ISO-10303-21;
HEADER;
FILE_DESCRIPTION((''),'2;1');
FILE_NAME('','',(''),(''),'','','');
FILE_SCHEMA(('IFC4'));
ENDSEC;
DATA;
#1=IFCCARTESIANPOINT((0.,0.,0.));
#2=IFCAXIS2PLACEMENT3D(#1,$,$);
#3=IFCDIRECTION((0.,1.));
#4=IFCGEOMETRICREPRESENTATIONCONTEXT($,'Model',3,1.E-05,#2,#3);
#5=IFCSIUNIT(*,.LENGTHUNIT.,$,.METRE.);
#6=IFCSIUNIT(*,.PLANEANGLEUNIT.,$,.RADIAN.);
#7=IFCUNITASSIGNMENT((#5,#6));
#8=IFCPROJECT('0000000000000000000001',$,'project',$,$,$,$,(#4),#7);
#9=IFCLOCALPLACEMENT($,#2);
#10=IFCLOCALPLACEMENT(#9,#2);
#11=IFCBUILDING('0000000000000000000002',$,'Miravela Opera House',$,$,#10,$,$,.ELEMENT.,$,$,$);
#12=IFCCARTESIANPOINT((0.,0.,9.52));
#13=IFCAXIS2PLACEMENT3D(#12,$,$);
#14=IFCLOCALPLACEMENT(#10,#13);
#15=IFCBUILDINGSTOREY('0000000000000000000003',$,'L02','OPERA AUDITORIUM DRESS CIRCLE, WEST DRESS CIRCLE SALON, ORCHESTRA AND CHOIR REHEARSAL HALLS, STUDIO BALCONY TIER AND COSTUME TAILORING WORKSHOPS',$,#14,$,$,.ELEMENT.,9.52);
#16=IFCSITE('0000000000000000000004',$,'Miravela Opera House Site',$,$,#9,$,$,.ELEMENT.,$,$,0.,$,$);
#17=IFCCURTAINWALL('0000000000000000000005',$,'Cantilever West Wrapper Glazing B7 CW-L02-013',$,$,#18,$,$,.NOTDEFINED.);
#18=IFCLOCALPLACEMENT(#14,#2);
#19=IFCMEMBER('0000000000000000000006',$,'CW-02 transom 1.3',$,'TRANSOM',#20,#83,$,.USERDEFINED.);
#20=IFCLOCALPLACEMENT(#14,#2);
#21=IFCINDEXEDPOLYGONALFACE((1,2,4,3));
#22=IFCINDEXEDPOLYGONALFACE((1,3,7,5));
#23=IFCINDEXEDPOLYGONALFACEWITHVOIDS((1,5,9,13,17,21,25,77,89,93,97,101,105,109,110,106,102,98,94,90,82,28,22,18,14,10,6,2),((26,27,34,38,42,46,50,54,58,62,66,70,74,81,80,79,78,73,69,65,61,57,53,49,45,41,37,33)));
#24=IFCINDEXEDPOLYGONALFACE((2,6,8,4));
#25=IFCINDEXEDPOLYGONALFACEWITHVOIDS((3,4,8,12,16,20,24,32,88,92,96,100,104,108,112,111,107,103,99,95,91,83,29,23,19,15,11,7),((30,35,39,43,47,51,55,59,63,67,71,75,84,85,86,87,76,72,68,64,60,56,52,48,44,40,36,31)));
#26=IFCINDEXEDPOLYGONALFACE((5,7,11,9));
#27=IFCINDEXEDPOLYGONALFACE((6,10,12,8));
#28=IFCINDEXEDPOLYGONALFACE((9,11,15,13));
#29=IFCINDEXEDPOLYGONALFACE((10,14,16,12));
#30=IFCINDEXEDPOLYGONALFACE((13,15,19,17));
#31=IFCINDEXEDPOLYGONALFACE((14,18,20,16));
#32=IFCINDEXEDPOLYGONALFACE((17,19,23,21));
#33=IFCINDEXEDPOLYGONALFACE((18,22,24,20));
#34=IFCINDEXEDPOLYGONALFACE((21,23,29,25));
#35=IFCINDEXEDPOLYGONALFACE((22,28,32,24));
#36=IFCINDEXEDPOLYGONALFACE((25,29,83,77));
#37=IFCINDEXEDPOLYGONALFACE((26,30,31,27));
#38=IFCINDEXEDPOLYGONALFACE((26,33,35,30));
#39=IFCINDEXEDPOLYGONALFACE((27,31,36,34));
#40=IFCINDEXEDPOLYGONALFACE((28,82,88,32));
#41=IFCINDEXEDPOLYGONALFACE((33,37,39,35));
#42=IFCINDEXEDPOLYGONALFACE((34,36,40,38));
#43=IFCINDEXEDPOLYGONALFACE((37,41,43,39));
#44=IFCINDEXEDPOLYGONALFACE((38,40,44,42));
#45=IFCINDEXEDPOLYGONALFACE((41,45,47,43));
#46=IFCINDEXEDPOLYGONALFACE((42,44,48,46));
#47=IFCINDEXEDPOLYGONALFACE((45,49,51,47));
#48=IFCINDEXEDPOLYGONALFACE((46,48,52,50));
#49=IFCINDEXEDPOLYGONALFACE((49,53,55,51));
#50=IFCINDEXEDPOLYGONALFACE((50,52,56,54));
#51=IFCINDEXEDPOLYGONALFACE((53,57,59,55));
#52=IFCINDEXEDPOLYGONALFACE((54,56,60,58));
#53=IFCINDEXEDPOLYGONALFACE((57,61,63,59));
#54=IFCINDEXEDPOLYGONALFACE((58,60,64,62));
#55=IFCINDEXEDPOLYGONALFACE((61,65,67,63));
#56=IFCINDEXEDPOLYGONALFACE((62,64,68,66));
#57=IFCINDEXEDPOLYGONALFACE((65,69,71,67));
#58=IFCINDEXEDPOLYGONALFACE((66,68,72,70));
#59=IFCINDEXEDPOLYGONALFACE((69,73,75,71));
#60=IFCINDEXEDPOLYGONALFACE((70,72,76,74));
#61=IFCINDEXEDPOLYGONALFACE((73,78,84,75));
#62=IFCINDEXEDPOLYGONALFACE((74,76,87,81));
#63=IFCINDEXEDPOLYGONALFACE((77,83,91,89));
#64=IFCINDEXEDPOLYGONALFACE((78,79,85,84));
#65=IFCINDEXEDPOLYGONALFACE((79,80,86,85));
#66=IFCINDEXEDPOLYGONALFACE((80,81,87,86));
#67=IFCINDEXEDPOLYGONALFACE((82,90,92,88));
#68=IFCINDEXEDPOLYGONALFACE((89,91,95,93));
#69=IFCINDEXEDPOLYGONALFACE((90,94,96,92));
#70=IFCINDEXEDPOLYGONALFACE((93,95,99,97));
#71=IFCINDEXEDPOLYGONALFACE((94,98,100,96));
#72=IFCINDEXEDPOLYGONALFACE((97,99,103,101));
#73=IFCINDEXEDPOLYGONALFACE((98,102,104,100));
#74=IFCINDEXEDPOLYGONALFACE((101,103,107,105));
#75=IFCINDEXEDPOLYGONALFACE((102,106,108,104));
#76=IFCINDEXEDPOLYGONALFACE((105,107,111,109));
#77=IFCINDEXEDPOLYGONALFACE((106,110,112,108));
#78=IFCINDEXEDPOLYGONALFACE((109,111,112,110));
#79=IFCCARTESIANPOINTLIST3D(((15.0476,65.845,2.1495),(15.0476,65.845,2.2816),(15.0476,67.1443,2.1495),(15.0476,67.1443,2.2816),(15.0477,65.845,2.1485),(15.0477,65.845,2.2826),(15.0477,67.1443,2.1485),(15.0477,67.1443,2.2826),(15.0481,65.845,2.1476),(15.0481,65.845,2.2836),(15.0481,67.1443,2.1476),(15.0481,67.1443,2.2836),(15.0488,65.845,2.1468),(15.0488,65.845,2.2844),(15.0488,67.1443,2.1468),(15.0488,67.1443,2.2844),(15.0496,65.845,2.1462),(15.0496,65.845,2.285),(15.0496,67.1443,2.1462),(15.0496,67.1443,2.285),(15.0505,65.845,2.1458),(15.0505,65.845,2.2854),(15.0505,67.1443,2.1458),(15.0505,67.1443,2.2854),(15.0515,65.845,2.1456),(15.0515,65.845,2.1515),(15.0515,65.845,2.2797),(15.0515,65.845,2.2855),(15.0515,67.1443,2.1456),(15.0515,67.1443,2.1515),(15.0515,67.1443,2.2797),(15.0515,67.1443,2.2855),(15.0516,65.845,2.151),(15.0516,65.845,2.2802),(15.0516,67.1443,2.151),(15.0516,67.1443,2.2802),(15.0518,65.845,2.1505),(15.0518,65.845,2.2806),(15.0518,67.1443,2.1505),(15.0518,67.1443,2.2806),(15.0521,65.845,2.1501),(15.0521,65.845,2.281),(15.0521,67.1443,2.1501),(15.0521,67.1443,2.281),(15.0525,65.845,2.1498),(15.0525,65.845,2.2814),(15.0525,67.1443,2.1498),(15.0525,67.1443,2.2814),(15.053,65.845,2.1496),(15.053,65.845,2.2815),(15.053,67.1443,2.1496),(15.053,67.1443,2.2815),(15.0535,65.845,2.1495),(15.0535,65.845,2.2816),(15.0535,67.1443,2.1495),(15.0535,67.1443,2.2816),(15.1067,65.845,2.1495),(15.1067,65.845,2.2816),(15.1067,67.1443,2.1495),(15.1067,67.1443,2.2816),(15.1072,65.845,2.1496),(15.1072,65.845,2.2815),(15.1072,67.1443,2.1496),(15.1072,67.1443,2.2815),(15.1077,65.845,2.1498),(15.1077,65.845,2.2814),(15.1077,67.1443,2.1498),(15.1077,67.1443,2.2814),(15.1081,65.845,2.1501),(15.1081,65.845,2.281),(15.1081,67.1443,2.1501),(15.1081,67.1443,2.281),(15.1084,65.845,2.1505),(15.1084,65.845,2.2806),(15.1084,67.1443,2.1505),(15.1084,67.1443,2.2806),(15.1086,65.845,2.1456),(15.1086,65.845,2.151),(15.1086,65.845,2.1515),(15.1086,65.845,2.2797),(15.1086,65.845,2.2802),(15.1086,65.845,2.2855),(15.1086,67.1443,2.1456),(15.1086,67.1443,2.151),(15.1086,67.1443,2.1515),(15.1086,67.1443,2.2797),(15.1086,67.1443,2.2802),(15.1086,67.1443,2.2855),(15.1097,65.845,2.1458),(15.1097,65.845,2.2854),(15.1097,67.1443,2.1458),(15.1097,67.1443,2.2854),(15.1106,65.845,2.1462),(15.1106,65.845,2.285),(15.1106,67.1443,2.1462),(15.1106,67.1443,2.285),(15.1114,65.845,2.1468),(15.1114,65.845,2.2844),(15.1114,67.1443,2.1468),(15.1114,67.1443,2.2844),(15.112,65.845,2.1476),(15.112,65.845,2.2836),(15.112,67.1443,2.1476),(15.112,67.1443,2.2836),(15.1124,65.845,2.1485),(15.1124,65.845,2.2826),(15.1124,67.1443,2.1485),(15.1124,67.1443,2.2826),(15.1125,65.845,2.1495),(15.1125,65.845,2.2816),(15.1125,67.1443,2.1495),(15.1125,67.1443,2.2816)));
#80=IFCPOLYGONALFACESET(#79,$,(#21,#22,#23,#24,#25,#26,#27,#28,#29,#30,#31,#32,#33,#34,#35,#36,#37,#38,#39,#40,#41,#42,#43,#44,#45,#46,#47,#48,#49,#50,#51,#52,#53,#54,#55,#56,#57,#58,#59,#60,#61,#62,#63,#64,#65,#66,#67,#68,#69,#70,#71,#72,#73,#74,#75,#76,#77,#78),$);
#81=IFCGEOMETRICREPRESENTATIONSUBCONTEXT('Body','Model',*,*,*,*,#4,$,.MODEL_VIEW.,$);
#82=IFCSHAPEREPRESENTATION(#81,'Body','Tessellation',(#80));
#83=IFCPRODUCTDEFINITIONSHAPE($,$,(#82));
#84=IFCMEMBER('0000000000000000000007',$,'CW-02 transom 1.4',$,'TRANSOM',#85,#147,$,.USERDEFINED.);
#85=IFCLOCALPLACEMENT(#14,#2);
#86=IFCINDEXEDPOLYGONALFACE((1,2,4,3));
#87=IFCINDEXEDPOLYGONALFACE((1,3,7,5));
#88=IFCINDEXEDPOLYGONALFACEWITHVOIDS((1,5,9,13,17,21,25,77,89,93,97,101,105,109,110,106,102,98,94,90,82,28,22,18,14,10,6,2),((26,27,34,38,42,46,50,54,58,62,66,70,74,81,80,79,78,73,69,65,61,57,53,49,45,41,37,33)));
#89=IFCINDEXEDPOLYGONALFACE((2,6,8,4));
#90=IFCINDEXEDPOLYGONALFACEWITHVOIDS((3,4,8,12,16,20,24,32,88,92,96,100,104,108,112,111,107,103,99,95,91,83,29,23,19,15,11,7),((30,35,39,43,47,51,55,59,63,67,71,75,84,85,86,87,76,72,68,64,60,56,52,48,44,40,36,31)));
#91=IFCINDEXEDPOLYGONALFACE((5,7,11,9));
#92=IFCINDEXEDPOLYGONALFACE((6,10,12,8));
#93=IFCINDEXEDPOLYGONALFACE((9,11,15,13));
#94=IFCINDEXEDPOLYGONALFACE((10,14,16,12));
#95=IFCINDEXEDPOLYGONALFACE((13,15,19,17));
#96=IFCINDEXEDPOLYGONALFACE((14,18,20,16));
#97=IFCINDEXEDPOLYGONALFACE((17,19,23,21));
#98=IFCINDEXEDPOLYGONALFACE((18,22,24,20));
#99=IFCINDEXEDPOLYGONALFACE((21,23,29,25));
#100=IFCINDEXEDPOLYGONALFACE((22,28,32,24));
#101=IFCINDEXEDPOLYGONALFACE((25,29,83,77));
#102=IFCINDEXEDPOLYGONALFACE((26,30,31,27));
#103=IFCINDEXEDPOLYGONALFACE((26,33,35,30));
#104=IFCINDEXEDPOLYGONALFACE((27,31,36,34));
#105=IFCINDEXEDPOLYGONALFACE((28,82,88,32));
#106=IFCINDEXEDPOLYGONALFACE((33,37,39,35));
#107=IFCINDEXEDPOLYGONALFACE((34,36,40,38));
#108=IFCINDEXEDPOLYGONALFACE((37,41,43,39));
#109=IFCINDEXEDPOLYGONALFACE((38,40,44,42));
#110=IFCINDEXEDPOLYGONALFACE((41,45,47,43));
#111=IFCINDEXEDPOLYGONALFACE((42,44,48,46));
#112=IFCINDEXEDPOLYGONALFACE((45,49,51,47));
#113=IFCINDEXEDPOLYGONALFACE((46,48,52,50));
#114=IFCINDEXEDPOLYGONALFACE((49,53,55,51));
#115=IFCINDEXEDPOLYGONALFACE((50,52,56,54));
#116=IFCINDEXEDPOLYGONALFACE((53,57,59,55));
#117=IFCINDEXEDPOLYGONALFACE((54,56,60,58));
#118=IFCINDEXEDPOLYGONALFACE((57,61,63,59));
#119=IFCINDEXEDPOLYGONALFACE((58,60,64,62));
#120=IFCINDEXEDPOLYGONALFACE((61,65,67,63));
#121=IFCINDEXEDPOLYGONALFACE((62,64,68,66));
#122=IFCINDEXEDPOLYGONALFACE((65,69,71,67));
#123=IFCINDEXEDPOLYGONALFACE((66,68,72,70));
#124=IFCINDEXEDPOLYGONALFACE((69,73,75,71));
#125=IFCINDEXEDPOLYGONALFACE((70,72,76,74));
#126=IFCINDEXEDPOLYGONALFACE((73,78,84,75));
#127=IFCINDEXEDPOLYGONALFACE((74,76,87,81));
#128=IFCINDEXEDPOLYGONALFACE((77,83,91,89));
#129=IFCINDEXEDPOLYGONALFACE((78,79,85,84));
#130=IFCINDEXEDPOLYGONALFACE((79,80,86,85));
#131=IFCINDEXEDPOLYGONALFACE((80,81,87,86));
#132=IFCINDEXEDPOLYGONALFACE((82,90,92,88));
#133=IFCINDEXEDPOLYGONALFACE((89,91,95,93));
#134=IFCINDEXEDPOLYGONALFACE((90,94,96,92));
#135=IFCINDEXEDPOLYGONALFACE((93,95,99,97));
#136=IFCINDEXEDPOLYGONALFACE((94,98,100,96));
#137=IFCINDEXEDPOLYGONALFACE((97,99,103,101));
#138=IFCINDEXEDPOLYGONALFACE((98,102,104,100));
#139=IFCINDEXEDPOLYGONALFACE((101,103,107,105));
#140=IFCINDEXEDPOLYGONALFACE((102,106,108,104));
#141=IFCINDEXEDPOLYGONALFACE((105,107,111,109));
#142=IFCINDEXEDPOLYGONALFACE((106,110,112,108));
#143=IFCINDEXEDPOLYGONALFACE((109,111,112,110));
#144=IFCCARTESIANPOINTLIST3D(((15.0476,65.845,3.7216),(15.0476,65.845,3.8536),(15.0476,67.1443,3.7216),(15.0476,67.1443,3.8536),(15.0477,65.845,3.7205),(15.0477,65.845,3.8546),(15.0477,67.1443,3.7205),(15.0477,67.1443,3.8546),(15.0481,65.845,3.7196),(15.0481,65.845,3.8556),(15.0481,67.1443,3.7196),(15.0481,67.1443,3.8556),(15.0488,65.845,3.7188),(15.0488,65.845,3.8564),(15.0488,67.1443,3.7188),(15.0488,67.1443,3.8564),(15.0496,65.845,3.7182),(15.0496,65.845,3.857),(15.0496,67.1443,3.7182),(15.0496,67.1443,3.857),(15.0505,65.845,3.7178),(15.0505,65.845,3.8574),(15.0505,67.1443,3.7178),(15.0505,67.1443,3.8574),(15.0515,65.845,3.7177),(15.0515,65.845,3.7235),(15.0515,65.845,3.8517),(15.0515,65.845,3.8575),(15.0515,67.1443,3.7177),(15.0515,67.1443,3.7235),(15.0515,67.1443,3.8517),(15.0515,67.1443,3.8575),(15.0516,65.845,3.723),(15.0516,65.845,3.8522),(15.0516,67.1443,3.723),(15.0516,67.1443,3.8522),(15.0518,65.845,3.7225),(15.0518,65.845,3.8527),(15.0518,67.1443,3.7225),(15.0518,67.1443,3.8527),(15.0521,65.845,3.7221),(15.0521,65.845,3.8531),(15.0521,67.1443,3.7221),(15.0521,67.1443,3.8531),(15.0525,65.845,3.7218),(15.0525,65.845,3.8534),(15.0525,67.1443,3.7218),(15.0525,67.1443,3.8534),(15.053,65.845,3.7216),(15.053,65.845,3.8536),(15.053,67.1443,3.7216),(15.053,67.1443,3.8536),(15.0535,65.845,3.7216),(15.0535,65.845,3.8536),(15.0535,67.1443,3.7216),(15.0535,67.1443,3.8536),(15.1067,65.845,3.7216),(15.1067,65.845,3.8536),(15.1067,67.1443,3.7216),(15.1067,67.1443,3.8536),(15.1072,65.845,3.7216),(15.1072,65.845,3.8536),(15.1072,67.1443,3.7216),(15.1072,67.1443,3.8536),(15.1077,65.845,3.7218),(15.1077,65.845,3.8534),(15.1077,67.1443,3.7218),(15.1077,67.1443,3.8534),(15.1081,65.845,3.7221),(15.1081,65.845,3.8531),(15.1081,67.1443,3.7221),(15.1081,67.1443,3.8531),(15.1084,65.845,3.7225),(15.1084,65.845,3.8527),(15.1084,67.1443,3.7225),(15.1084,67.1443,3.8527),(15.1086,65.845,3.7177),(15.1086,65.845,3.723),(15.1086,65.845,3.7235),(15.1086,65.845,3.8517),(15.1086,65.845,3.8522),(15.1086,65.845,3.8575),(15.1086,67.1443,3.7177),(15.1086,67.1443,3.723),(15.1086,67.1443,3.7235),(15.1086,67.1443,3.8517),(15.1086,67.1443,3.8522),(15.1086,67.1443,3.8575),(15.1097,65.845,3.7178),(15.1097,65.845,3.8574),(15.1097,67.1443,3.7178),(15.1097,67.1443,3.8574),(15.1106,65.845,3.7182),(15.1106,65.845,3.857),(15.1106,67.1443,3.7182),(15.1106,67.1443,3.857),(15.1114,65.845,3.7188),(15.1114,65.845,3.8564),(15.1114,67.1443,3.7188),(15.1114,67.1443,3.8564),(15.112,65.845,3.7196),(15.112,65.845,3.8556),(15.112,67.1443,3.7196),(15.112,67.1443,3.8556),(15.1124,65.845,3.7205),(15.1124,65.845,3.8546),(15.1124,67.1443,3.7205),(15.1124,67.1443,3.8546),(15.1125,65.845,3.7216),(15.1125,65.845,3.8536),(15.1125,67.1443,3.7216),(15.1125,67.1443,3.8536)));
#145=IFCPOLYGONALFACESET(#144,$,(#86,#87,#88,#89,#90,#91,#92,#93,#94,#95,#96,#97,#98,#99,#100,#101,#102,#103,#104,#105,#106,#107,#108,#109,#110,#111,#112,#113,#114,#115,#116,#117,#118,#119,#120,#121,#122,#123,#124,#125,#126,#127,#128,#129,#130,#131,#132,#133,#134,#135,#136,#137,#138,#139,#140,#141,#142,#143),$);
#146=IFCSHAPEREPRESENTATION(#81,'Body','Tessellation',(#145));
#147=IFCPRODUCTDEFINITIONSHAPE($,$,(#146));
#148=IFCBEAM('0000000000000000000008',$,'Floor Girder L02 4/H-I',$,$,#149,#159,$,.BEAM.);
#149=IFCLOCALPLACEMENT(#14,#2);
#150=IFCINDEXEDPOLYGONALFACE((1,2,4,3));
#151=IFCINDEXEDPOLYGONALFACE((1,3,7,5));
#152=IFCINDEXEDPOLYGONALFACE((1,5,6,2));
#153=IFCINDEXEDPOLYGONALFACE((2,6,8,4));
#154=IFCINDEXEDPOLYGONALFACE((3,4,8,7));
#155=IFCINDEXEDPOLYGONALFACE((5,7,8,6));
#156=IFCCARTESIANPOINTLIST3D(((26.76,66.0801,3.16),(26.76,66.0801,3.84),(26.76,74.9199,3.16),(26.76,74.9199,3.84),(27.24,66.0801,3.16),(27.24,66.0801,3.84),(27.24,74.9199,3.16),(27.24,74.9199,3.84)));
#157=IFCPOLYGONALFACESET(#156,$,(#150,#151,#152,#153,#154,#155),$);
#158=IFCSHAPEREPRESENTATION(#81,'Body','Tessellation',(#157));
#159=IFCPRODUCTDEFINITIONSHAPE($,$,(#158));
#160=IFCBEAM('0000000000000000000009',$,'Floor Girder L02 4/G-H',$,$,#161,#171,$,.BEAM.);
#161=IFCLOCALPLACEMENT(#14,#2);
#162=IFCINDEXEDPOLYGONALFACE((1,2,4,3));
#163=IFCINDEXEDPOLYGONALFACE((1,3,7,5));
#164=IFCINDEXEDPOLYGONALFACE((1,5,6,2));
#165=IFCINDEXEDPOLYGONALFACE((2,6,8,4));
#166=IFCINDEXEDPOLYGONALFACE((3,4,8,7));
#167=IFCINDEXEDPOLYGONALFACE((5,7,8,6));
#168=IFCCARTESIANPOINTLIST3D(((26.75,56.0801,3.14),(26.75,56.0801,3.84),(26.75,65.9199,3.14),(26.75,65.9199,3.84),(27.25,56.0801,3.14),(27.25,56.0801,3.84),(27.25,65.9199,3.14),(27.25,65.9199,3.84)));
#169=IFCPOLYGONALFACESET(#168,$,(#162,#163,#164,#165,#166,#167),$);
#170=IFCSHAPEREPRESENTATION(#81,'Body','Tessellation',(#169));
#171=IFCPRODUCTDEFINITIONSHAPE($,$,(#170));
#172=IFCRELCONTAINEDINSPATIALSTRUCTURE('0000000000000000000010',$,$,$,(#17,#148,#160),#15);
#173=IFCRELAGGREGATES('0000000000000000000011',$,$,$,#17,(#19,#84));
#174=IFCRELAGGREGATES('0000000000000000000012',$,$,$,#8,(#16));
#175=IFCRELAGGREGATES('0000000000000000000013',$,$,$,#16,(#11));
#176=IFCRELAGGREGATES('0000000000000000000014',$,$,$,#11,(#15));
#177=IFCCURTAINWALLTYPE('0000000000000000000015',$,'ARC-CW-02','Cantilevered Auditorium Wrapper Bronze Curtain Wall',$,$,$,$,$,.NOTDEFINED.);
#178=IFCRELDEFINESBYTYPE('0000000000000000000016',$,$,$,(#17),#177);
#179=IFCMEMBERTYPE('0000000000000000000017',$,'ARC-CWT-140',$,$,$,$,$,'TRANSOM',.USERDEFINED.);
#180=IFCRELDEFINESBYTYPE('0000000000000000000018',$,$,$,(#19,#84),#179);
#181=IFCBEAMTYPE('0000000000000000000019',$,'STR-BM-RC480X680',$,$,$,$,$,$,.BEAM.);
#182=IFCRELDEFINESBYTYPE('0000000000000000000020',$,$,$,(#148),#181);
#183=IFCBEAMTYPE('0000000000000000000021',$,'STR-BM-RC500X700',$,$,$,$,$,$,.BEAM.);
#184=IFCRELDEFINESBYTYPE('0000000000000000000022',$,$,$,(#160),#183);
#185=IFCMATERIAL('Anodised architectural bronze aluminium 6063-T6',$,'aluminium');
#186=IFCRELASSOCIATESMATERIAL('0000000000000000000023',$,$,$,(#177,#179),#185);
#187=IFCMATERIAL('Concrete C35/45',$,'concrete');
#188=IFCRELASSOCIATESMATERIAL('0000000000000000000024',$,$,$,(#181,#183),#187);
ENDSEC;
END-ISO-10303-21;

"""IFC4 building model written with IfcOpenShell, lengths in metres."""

from ifc_helpers import new_model, si_unit, direction, frame, origin, origin_2d, place, context, subcontext, project, spatial, rectangle, hollow_rectangle, extrude, material, material_profile, profile_set, type_object, element, aggregate, save


model = new_model("IFC4")

# Units and contexts
model_context = context("Model", 3, precision=1e-05, world=origin(), true_north=direction((0.0, 1.0)))
body_context = subcontext(model_context, "Body", "Model", "MODEL_VIEW")
ifc_project = project(units=[si_unit("LENGTHUNIT", "METRE"), si_unit("PLANEANGLEUNIT", "RADIAN")], contexts=[model_context])

# Site, building, storey
site_placement = place(None, origin())
site = spatial("IfcSite", under=ifc_project, at=site_placement, Name="Miravela Opera House Site", CompositionType="ELEMENT", RefElevation=0.0)
building_placement = place(site_placement, origin())
building = spatial("IfcBuilding", under=site, at=building_placement, Name="Miravela Opera House", CompositionType="ELEMENT")
storey_placement = place(building_placement, frame((0.0, 0.0, 9.52)))
storey = spatial("IfcBuildingStorey", under=building, at=storey_placement, Name="L02", Description="OPERA AUDITORIUM DRESS CIRCLE, WEST DRESS CIRCLE SALON, ORCHESTRA AND CHOIR REHEARSAL HALLS, STUDIO BALCONY TIER AND COSTUME TAILORING WORKSHOPS", CompositionType="ELEMENT", Elevation=9.52)

# Shared definitions
ifc_material_1 = material(Name="Concrete C35/45", Category="concrete")

# Curtain wall, members
ifc_material_2 = material(Name="Anodised architectural bronze aluminium 6063-T6", Category="aluminium")
curtain_wall_type = type_object("IfcCurtainWallType", Name="ARC-CW-02", Description="Cantilevered Auditorium Wrapper Bronze Curtain Wall", PredefinedType="NOTDEFINED", material=ifc_material_2)
curtain_wall_placement = place(storey_placement, origin())
curtain_wall = element("IfcCurtainWall", 1, at=curtain_wall_placement, inside=storey, type_object=curtain_wall_type, Name="Cantilever West Wrapper Glazing B7 CW-L02-013", PredefinedType="NOTDEFINED")
ifc_material_profile_1 = material_profile(ifc_material_2, hollow_rectangle(XDim=0.0649, YDim=0.1399, WallThickness=0.0039, InnerFilletRadius=0.002, OuterFilletRadius=0.0039, at=origin_2d()), Name="CWT-65X140")
ifc_profile_set_1 = profile_set([ifc_material_profile_1])
member_type_1 = type_object("IfcMemberType", Name="ARC-CWT-140", ElementType="TRANSOM", PredefinedType="USERDEFINED", material=ifc_profile_set_1)
member_1_placement = place(storey_placement, frame((15.0801, 65.845, 2.2156), z_axis=(0.0, 1.0, 0.0), x_axis=(-1.0, 0.0, 0.0)))
member_1 = element("IfcMember", 2, at=member_1_placement, type_object=member_type_1, Name="CW-02 transom 1.3", ObjectType="TRANSOM", PredefinedType="USERDEFINED", context=body_context, shape_type="SweptSolid", body=[
    extrude(hollow_rectangle(XDim=0.0649, YDim=0.1399, WallThickness=0.0039, InnerFilletRadius=0.002, OuterFilletRadius=0.0039, at=origin_2d()), origin(), (0.0, 0.0, 1.0), 1.2993),
])
member_2_placement = place(storey_placement, frame((15.0801, 65.845, 3.7876), z_axis=(0.0, 1.0, 0.0), x_axis=(-1.0, 0.0, 0.0)))
member_2 = element("IfcMember", 3, at=member_2_placement, type_object=member_type_1, Name="CW-02 transom 1.4", ObjectType="TRANSOM", PredefinedType="USERDEFINED", context=body_context, shape_type="SweptSolid", body=[
    extrude(hollow_rectangle(XDim=0.0649, YDim=0.1399, WallThickness=0.0039, InnerFilletRadius=0.002, OuterFilletRadius=0.0039, at=origin_2d()), origin(), (0.0, 0.0, 1.0), 1.2993),
])
aggregate(curtain_wall, [member_1, member_2])

# Beams
ifc_material_profile_2 = material_profile(ifc_material_1, rectangle(XDim=0.48, YDim=0.6799, at=origin_2d()), Name="RC-BM-480X680")
ifc_profile_set_2 = profile_set([ifc_material_profile_2])
beam_type_1 = type_object("IfcBeamType", Name="STR-BM-RC480X680", PredefinedType="BEAM", material=ifc_profile_set_2)
beam_1_placement = place(storey_placement, frame((27.0, 66.0801, 3.5), z_axis=(0.0, 1.0, 0.0), x_axis=(-1.0, 0.0, 0.0)))
element("IfcBeam", 4, at=beam_1_placement, inside=storey, type_object=beam_type_1, Name="Floor Girder L02 4/H-I", PredefinedType="BEAM", context=body_context, shape_type="SweptSolid", body=[
    extrude(rectangle(XDim=0.48, YDim=0.6799, at=origin_2d()), origin(), (0.0, 0.0, 1.0), 8.8398),
])
ifc_material_profile_3 = material_profile(ifc_material_1, rectangle(XDim=0.5, YDim=0.7, at=origin_2d()), Name="RC-BM-500X700")
ifc_profile_set_3 = profile_set([ifc_material_profile_3])
beam_type_2 = type_object("IfcBeamType", Name="STR-BM-RC500X700", PredefinedType="BEAM", material=ifc_profile_set_3)
beam_2_placement = place(storey_placement, frame((27.0, 56.0801, 3.49), z_axis=(0.0, 1.0, 0.0), x_axis=(-1.0, 0.0, 0.0)))
element("IfcBeam", 5, at=beam_2_placement, inside=storey, type_object=beam_type_2, Name="Floor Girder L02 4/G-H", PredefinedType="BEAM", context=body_context, shape_type="SweptSolid", body=[
    extrude(rectangle(XDim=0.5, YDim=0.7, at=origin_2d()), origin(), (0.0, 0.0, 1.0), 9.8398),
])

save(model, "model.ifc")
